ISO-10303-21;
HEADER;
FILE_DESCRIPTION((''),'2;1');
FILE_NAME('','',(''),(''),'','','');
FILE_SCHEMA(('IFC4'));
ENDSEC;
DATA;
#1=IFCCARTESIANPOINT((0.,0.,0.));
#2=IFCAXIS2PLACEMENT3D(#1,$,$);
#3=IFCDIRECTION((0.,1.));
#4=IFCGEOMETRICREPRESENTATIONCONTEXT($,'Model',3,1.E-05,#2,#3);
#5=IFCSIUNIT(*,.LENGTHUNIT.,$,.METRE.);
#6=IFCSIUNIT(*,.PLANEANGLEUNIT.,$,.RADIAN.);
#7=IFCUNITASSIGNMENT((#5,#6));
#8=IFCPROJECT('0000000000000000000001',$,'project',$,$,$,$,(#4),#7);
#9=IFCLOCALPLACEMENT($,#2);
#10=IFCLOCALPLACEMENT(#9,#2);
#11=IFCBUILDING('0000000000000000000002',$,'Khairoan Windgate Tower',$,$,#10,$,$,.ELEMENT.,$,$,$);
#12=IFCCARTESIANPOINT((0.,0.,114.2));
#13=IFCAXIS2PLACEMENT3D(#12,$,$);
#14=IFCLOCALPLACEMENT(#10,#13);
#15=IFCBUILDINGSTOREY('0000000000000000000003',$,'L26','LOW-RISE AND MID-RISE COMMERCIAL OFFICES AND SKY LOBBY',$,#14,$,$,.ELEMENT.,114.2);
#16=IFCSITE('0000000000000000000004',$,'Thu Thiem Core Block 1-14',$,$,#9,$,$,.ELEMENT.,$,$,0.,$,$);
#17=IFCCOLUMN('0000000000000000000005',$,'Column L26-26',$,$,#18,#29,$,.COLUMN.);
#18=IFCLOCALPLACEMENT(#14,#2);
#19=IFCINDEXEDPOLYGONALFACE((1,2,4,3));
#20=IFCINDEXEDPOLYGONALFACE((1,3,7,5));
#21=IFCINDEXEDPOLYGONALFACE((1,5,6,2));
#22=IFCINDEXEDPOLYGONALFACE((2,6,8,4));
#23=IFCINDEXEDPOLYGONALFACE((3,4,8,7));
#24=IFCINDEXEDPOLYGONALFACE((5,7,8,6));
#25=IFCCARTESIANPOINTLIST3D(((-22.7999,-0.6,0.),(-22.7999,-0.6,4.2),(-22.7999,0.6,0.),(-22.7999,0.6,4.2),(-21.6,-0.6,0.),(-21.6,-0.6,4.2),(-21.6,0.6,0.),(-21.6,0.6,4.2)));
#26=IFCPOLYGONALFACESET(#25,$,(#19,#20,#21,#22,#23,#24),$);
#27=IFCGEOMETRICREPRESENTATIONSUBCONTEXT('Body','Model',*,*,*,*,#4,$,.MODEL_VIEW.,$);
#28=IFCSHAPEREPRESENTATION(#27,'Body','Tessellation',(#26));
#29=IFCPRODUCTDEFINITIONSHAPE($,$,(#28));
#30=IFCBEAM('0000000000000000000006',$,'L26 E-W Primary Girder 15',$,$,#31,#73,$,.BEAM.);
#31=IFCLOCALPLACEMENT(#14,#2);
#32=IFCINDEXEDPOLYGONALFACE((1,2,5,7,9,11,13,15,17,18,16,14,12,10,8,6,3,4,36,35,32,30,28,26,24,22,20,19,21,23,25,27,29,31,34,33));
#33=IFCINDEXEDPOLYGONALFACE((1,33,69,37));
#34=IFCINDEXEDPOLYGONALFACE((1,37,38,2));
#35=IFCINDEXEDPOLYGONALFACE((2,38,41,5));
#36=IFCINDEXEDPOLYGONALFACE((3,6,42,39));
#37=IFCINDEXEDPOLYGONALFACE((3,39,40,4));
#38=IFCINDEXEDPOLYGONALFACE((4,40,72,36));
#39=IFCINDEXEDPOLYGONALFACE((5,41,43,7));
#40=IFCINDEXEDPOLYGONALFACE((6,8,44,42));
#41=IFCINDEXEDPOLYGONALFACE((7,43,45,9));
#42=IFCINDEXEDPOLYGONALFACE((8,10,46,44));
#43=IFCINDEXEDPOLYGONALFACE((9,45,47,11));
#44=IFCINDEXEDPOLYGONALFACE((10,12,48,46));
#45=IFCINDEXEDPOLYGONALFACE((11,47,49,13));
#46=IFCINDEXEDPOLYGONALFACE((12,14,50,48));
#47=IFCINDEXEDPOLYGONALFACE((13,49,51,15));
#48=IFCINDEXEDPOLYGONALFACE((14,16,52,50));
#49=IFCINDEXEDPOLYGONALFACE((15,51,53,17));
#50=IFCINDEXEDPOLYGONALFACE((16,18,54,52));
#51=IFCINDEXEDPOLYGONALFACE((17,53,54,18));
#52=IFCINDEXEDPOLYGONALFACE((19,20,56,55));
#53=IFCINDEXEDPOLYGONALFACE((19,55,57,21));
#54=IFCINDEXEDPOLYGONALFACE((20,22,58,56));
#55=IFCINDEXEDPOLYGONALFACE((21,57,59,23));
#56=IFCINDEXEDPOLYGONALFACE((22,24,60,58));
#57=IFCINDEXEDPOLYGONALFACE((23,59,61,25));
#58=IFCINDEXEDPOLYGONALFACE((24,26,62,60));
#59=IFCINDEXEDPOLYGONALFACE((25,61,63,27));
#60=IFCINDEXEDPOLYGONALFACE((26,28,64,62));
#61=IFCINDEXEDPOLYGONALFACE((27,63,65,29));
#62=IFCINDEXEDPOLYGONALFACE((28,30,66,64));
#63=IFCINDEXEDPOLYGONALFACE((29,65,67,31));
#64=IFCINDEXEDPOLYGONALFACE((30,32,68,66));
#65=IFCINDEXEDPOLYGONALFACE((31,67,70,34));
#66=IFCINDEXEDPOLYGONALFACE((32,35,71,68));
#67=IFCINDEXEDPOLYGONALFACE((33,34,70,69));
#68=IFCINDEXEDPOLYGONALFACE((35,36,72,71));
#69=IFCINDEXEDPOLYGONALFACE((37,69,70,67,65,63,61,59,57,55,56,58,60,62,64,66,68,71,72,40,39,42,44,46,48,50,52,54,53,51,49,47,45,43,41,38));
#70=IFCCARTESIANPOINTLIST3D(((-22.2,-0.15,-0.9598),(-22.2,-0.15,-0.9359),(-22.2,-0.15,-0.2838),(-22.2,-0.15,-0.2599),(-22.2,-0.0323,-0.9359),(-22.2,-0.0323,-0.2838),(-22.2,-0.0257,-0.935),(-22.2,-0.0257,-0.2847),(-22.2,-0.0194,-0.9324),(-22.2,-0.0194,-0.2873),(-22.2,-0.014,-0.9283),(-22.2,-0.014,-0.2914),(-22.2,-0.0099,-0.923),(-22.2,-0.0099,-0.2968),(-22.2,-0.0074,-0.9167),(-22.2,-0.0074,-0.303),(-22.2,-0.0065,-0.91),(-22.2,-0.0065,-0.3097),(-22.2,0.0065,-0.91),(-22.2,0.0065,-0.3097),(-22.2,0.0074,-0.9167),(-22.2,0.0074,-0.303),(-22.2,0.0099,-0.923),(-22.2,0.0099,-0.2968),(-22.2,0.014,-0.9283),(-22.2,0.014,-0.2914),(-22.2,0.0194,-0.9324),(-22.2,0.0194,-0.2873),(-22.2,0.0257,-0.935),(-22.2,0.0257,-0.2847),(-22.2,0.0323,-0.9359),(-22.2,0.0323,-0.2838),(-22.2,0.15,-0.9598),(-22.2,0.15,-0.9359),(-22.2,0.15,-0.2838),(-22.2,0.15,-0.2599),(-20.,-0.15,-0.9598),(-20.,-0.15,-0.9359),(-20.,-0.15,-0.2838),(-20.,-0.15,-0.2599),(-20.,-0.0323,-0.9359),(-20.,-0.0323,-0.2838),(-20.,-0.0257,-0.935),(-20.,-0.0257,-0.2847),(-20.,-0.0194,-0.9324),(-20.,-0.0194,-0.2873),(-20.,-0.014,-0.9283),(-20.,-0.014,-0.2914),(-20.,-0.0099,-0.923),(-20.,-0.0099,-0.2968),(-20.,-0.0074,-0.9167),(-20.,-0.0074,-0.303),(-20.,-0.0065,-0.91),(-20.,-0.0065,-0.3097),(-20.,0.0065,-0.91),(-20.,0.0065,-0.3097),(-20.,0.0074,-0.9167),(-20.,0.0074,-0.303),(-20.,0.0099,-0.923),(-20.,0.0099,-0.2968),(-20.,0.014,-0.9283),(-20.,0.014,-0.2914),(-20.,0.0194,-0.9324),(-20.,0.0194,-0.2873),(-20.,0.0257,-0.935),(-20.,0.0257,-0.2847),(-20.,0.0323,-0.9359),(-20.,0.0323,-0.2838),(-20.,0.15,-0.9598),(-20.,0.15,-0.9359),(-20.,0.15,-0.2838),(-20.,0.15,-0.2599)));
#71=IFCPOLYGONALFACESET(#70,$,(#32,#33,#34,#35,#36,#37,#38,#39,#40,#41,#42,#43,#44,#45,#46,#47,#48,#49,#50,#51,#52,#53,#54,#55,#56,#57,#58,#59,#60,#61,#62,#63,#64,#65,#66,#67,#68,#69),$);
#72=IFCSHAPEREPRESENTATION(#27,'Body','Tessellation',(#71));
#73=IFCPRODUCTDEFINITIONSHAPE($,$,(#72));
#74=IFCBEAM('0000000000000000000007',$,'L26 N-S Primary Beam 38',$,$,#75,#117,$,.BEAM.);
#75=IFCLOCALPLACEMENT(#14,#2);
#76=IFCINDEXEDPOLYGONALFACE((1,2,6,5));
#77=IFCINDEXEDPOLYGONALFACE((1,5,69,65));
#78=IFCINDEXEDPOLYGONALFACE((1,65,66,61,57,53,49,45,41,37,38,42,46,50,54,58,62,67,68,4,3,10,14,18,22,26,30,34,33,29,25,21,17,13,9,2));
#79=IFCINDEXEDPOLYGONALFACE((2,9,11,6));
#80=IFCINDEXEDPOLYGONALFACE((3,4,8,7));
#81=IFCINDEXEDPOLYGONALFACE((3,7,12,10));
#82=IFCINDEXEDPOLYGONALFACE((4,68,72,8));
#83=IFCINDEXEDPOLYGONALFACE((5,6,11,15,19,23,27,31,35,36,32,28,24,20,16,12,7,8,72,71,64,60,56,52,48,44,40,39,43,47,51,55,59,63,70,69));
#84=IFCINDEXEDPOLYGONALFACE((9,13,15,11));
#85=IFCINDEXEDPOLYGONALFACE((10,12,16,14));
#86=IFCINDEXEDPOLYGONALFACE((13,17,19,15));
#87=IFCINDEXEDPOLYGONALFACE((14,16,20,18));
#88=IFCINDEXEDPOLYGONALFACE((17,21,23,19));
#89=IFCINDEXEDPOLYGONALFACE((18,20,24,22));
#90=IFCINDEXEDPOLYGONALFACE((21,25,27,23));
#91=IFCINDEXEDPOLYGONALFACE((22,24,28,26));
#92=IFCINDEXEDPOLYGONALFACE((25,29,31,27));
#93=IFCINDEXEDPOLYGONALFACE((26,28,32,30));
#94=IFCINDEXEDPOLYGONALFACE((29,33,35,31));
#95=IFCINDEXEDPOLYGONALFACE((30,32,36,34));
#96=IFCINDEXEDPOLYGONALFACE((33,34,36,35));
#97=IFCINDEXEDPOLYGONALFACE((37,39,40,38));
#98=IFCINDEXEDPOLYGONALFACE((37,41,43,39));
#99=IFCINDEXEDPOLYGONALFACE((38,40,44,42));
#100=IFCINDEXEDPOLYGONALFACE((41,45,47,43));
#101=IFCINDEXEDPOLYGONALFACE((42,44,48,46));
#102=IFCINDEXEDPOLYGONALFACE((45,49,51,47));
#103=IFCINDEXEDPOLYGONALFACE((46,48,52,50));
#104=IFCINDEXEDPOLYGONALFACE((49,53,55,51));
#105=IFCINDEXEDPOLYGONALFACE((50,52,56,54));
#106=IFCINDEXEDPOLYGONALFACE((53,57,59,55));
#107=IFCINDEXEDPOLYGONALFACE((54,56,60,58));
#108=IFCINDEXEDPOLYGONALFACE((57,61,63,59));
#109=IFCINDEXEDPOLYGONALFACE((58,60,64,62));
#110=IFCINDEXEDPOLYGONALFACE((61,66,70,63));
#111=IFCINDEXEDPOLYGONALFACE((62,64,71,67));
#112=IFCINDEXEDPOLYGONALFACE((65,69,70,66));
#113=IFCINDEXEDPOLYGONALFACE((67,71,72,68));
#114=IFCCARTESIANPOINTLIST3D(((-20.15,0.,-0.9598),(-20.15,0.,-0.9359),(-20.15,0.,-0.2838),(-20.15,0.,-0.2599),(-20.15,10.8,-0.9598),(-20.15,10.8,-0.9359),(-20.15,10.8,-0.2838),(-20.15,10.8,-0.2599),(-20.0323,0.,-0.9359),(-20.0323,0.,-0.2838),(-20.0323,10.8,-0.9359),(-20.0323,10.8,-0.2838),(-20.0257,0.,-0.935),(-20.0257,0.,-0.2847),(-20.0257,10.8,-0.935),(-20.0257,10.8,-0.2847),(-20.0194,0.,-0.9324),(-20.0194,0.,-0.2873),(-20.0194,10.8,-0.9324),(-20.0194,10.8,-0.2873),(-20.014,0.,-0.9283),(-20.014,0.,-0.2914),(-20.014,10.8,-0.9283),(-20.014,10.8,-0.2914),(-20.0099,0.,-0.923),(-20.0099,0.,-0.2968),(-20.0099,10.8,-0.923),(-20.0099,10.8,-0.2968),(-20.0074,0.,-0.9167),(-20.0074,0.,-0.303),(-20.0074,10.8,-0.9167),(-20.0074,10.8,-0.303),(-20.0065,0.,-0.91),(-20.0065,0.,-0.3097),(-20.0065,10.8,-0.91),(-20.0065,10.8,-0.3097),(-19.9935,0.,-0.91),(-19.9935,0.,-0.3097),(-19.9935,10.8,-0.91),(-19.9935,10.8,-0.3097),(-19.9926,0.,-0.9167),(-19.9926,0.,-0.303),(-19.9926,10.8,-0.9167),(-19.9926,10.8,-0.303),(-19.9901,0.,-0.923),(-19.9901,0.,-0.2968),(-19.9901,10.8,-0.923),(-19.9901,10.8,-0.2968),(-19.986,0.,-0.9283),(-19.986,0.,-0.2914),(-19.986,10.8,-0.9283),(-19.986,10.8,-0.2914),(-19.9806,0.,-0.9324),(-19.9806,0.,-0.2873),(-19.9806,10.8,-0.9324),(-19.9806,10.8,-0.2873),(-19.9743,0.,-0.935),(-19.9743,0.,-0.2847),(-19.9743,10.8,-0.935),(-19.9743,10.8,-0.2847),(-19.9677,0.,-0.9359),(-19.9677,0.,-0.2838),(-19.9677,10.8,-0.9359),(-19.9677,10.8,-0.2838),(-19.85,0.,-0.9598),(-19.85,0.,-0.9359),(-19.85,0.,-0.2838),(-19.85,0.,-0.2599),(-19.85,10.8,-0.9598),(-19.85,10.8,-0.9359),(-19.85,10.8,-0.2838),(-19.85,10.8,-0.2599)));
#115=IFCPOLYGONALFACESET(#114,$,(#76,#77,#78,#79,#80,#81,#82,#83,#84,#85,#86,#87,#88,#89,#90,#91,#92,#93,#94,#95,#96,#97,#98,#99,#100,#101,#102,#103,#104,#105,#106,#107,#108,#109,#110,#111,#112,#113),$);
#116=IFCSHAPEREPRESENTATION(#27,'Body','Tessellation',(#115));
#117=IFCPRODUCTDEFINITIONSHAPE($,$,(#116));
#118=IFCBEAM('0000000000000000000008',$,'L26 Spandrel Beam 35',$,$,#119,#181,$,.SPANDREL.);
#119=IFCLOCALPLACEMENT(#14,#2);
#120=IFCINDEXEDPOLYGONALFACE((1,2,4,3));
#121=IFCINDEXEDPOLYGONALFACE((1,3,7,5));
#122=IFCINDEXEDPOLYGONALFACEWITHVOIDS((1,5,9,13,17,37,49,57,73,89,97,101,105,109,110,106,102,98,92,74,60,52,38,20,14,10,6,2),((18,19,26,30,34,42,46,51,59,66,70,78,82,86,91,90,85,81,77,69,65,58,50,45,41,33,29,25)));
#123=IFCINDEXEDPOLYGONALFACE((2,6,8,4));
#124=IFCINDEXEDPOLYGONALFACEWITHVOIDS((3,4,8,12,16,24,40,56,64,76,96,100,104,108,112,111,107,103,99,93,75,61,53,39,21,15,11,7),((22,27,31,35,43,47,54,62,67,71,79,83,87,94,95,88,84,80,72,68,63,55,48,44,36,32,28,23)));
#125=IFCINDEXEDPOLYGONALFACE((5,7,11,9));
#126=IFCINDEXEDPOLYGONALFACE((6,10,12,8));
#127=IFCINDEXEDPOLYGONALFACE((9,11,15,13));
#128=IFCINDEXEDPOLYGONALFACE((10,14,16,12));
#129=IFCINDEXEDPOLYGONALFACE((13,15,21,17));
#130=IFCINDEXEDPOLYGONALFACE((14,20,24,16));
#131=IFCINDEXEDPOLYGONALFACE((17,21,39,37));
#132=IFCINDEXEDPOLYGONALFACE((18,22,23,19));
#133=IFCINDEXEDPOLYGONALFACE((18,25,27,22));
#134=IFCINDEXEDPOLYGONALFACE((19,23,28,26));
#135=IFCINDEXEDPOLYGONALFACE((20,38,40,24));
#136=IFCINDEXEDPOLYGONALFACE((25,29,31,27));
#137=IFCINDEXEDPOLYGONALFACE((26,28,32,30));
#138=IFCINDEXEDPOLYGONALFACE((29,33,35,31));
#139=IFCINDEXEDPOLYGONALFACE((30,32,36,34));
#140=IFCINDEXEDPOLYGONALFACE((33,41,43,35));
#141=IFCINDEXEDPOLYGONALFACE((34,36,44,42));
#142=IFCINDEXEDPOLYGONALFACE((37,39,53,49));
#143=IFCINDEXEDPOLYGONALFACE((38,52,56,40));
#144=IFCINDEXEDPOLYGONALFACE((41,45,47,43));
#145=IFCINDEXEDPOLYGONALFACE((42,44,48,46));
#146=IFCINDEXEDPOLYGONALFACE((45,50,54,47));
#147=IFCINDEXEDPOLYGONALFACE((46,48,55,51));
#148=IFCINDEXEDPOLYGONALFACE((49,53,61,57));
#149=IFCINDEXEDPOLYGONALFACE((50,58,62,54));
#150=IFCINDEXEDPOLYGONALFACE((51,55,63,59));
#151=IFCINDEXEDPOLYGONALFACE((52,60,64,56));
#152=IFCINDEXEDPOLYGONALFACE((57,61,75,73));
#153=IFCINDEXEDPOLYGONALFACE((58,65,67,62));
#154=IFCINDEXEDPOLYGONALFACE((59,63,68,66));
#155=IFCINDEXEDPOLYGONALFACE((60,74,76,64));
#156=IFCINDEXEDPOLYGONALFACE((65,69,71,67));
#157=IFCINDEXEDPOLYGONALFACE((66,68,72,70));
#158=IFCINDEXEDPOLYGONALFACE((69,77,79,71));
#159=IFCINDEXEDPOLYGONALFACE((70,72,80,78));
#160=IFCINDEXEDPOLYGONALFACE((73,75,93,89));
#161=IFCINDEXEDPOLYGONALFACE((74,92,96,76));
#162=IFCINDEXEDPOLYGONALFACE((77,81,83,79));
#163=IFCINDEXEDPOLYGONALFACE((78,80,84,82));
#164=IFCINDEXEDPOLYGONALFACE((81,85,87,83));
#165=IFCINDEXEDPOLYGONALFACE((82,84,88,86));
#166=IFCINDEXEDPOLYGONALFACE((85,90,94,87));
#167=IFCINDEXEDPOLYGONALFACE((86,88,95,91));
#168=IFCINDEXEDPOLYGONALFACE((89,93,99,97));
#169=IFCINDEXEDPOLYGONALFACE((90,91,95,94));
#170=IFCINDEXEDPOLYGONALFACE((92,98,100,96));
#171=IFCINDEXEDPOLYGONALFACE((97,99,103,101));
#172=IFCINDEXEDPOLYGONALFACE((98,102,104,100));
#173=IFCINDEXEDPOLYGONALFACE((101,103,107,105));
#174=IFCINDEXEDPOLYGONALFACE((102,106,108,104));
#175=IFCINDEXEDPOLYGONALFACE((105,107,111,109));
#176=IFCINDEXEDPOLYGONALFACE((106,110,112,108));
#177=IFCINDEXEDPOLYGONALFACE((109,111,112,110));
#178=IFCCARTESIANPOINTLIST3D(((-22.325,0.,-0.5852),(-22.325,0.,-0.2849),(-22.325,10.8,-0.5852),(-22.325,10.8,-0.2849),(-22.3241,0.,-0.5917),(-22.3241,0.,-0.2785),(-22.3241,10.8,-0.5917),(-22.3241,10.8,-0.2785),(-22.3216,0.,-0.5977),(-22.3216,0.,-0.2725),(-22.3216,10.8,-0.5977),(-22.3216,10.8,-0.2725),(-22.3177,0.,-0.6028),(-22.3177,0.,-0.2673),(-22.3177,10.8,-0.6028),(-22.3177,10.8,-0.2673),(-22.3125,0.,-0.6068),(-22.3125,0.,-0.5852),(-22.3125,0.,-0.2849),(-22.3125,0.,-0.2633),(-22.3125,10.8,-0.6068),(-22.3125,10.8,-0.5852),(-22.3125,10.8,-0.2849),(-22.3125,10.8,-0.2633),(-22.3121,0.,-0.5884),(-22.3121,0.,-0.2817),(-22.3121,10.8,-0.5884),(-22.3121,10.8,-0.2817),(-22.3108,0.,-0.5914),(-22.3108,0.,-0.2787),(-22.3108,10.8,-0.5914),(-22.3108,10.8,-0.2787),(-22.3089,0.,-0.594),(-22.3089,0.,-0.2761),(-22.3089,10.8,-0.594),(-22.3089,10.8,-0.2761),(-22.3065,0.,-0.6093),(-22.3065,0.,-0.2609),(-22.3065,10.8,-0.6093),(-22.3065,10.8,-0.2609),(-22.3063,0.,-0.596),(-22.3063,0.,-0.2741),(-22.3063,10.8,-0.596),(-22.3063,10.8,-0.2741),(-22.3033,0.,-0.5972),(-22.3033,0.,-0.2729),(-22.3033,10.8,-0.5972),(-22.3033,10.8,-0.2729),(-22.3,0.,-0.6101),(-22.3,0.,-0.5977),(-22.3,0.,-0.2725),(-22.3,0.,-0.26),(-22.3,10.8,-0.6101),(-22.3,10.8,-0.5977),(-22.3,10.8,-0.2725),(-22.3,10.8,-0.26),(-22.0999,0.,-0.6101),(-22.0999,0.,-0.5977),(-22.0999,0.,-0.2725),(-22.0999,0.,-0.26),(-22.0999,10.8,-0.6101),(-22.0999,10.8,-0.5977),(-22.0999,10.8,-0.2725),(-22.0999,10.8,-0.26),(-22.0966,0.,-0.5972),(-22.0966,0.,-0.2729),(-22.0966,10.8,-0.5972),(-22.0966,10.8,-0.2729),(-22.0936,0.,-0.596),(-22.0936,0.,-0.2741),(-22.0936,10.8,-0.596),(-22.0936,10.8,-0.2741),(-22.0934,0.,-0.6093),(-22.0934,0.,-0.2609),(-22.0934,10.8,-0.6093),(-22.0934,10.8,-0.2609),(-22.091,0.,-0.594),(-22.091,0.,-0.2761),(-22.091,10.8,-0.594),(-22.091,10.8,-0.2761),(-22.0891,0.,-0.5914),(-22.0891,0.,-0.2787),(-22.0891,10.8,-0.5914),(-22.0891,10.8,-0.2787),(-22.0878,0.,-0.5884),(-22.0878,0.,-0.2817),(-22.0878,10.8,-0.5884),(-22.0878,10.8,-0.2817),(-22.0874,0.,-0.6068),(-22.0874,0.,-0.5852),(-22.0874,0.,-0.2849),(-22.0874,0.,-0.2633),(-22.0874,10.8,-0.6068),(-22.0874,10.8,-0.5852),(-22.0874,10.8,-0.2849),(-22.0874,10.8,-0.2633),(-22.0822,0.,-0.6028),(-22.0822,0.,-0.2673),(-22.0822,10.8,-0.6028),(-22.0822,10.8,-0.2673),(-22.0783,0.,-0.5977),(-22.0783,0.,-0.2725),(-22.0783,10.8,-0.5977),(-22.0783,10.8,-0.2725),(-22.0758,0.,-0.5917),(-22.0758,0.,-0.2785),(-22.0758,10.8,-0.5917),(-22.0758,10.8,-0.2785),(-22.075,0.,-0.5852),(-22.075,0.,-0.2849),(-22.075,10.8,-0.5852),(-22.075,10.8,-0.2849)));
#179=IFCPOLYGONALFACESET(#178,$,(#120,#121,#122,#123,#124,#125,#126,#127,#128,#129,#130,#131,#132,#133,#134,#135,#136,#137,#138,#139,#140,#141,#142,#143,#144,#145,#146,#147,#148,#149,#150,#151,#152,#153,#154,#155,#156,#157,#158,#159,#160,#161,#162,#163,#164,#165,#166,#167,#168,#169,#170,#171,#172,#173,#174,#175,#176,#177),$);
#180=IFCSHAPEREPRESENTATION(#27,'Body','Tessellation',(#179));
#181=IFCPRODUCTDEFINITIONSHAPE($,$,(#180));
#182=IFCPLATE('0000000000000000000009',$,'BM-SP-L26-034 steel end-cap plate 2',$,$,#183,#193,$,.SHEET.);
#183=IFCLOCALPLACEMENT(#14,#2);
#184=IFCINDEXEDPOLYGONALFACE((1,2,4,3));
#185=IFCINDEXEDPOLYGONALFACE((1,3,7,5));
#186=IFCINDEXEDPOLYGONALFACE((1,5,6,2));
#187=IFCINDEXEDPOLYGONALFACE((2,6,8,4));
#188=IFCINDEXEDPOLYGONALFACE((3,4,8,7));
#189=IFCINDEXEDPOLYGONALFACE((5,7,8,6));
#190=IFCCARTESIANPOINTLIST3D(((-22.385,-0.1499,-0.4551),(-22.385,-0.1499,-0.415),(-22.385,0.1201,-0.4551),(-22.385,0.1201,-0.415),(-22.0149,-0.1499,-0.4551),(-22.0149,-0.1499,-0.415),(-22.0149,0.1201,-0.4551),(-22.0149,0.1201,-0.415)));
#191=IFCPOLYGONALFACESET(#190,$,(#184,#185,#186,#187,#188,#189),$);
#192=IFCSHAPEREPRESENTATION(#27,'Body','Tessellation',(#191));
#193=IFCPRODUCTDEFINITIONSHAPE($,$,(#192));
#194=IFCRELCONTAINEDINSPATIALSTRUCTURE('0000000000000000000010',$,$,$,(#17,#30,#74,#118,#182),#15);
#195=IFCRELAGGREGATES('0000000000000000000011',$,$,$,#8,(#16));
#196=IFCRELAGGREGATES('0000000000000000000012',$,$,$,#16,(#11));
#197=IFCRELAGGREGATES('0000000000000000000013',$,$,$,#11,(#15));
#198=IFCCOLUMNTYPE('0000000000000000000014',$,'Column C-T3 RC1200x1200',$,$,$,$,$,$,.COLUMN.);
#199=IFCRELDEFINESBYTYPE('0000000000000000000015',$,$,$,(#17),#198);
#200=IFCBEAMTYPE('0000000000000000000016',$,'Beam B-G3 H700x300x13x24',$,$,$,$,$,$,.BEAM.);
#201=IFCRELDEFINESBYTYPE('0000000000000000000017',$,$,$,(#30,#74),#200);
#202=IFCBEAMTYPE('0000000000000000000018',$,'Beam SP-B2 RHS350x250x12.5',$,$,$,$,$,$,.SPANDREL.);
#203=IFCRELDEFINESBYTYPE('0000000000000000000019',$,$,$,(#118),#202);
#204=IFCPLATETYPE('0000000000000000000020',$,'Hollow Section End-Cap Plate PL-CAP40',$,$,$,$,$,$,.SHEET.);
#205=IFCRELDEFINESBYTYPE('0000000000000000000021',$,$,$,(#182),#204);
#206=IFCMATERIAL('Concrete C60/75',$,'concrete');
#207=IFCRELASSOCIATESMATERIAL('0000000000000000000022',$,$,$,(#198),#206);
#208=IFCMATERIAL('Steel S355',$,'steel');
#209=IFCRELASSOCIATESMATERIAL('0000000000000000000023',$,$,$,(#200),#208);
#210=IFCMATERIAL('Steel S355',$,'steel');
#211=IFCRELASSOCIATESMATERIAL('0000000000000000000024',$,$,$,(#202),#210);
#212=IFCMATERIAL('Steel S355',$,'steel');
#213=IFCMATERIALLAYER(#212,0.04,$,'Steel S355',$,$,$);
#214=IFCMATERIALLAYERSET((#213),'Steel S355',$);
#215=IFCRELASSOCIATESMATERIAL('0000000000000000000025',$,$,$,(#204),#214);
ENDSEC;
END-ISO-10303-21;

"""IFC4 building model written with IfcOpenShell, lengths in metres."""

from ifc_helpers import new_model, si_unit, direction, frame, origin, origin_2d, place, context, subcontext, project, spatial, rectangle, hollow_rectangle, i_section, extrude, material, layer, layer_set, material_profile, profile_set, type_object, element, save


model = new_model("IFC4")

# Units and contexts
model_context = context("Model", 3, precision=1e-05, world=origin(), true_north=direction((0.0, 1.0)))
body_context = subcontext(model_context, "Body", "Model", "MODEL_VIEW")
ifc_project = project(units=[si_unit("LENGTHUNIT", "METRE"), si_unit("PLANEANGLEUNIT", "RADIAN")], contexts=[model_context])

# Site, building, storey
site_placement = place(None, origin())
site = spatial("IfcSite", under=ifc_project, at=site_placement, Name="Thu Thiem Core Block 1-14", CompositionType="ELEMENT", RefElevation=0.0)
building_placement = place(site_placement, origin())
building = spatial("IfcBuilding", under=site, at=building_placement, Name="Khairoan Windgate Tower", CompositionType="ELEMENT")
storey_placement = place(building_placement, frame((0.0, 0.0, 114.2)))
storey = spatial("IfcBuildingStorey", under=building, at=storey_placement, Name="L26", Description="LOW-RISE AND MID-RISE COMMERCIAL OFFICES AND SKY LOBBY", CompositionType="ELEMENT", Elevation=114.2)

# Column
ifc_material_1 = material(Name="Concrete C60/75", Category="concrete")
ifc_material_profile_1 = material_profile(ifc_material_1, rectangle(XDim=1.2, YDim=1.2, at=origin_2d()))
ifc_profile_set_1 = profile_set([ifc_material_profile_1], Name="Concrete C60/75")
column_type = type_object("IfcColumnType", Name="Column C-T3 RC1200x1200", PredefinedType="COLUMN", material=ifc_profile_set_1)
column_placement = place(storey_placement, frame((-22.2, 0.0, 0.0), z_axis=(0.0, 0.0, 1.0), x_axis=(1.0, 0.0, 0.0)))
element("IfcColumn", 1, at=column_placement, inside=storey, type_object=column_type, Name="Column L26-26", PredefinedType="COLUMN", context=body_context, shape_type="SweptSolid", body=[
    extrude(rectangle(XDim=1.2, YDim=1.2, at=origin_2d()), origin(), (0.0, 0.0, 1.0), 4.2),
])

# Beams
ifc_material_2 = material(Name="Steel S355", Category="steel")
ifc_material_profile_2 = material_profile(ifc_material_2, i_section(OverallWidth=0.3, OverallDepth=0.7, WebThickness=0.0129, FlangeThickness=0.0239, FilletRadius=0.0259, at=origin_2d()))
ifc_profile_set_2 = profile_set([ifc_material_profile_2], Name="Steel S355")
beam_type_1 = type_object("IfcBeamType", Name="Beam B-G3 H700x300x13x24", PredefinedType="BEAM", material=ifc_profile_set_2)
beam_1_placement = place(storey_placement, frame((-22.2, 0.0, -0.6099), z_axis=(1.0, 0.0, 0.0), x_axis=(0.0, 1.0, 0.0)))
element("IfcBeam", 2, at=beam_1_placement, inside=storey, type_object=beam_type_1, Name="L26 E-W Primary Girder 15", PredefinedType="BEAM", context=body_context, shape_type="SweptSolid", body=[
    extrude(i_section(OverallWidth=0.3, OverallDepth=0.7, WebThickness=0.0129, FlangeThickness=0.0239, FilletRadius=0.0259, at=origin_2d()), origin(), (0.0, 0.0, 1.0), 2.2),
])
beam_2_placement = place(storey_placement, frame((-20.0, 0.0, -0.6099), z_axis=(0.0, 1.0, 0.0), x_axis=(-1.0, 0.0, 0.0)))
element("IfcBeam", 3, at=beam_2_placement, inside=storey, type_object=beam_type_1, Name="L26 N-S Primary Beam 38", PredefinedType="BEAM", context=body_context, shape_type="SweptSolid", body=[
    extrude(i_section(OverallWidth=0.3, OverallDepth=0.7, WebThickness=0.0129, FlangeThickness=0.0239, FilletRadius=0.0259, at=origin_2d()), origin(), (0.0, 0.0, 1.0), 10.8),
])
ifc_material_3 = material(Name="Steel S355", Category="steel")
ifc_material_profile_3 = material_profile(ifc_material_3, hollow_rectangle(XDim=0.25, YDim=0.3501, WallThickness=0.0125, InnerFilletRadius=0.0125, OuterFilletRadius=0.0249, at=origin_2d()))
ifc_profile_set_3 = profile_set([ifc_material_profile_3], Name="Steel S355")
beam_type_2 = type_object("IfcBeamType", Name="Beam SP-B2 RHS350x250x12.5", PredefinedType="SPANDREL", material=ifc_profile_set_3)
beam_3_placement = place(storey_placement, frame((-22.2, 0.0, -0.4351), z_axis=(0.0, 1.0, 0.0), x_axis=(-1.0, 0.0, 0.0)))
element("IfcBeam", 4, at=beam_3_placement, inside=storey, type_object=beam_type_2, Name="L26 Spandrel Beam 35", PredefinedType="SPANDREL", context=body_context, shape_type="SweptSolid", body=[
    extrude(hollow_rectangle(XDim=0.25, YDim=0.3501, WallThickness=0.0125, InnerFilletRadius=0.0125, OuterFilletRadius=0.0249, at=origin_2d()), origin(), (0.0, 0.0, 1.0), 10.8),
])

# Plate
ifc_material_4 = material(Name="Steel S355", Category="steel")
ifc_layer_1 = layer(ifc_material_4, 0.04, Name="Steel S355")
ifc_layer_set_1 = layer_set([ifc_layer_1], Name="Steel S355")
plate_type = type_object("IfcPlateType", Name="Hollow Section End-Cap Plate PL-CAP40", PredefinedType="SHEET", material=ifc_layer_set_1)
plate_placement = place(storey_placement, frame((-22.2, -0.0149, -0.4551), z_axis=(0.0, 0.0, 1.0), x_axis=(0.0, 1.0, 0.0)))
element("IfcPlate", 5, at=plate_placement, inside=storey, type_object=plate_type, Name="BM-SP-L26-034 steel end-cap plate 2", PredefinedType="SHEET", context=body_context, shape_type="SweptSolid", body=[
    extrude(rectangle(XDim=0.27, YDim=0.3701, at=origin_2d()), origin(), (0.0, 0.0, 1.0), 0.04),
])

save(model, "model.ifc")
